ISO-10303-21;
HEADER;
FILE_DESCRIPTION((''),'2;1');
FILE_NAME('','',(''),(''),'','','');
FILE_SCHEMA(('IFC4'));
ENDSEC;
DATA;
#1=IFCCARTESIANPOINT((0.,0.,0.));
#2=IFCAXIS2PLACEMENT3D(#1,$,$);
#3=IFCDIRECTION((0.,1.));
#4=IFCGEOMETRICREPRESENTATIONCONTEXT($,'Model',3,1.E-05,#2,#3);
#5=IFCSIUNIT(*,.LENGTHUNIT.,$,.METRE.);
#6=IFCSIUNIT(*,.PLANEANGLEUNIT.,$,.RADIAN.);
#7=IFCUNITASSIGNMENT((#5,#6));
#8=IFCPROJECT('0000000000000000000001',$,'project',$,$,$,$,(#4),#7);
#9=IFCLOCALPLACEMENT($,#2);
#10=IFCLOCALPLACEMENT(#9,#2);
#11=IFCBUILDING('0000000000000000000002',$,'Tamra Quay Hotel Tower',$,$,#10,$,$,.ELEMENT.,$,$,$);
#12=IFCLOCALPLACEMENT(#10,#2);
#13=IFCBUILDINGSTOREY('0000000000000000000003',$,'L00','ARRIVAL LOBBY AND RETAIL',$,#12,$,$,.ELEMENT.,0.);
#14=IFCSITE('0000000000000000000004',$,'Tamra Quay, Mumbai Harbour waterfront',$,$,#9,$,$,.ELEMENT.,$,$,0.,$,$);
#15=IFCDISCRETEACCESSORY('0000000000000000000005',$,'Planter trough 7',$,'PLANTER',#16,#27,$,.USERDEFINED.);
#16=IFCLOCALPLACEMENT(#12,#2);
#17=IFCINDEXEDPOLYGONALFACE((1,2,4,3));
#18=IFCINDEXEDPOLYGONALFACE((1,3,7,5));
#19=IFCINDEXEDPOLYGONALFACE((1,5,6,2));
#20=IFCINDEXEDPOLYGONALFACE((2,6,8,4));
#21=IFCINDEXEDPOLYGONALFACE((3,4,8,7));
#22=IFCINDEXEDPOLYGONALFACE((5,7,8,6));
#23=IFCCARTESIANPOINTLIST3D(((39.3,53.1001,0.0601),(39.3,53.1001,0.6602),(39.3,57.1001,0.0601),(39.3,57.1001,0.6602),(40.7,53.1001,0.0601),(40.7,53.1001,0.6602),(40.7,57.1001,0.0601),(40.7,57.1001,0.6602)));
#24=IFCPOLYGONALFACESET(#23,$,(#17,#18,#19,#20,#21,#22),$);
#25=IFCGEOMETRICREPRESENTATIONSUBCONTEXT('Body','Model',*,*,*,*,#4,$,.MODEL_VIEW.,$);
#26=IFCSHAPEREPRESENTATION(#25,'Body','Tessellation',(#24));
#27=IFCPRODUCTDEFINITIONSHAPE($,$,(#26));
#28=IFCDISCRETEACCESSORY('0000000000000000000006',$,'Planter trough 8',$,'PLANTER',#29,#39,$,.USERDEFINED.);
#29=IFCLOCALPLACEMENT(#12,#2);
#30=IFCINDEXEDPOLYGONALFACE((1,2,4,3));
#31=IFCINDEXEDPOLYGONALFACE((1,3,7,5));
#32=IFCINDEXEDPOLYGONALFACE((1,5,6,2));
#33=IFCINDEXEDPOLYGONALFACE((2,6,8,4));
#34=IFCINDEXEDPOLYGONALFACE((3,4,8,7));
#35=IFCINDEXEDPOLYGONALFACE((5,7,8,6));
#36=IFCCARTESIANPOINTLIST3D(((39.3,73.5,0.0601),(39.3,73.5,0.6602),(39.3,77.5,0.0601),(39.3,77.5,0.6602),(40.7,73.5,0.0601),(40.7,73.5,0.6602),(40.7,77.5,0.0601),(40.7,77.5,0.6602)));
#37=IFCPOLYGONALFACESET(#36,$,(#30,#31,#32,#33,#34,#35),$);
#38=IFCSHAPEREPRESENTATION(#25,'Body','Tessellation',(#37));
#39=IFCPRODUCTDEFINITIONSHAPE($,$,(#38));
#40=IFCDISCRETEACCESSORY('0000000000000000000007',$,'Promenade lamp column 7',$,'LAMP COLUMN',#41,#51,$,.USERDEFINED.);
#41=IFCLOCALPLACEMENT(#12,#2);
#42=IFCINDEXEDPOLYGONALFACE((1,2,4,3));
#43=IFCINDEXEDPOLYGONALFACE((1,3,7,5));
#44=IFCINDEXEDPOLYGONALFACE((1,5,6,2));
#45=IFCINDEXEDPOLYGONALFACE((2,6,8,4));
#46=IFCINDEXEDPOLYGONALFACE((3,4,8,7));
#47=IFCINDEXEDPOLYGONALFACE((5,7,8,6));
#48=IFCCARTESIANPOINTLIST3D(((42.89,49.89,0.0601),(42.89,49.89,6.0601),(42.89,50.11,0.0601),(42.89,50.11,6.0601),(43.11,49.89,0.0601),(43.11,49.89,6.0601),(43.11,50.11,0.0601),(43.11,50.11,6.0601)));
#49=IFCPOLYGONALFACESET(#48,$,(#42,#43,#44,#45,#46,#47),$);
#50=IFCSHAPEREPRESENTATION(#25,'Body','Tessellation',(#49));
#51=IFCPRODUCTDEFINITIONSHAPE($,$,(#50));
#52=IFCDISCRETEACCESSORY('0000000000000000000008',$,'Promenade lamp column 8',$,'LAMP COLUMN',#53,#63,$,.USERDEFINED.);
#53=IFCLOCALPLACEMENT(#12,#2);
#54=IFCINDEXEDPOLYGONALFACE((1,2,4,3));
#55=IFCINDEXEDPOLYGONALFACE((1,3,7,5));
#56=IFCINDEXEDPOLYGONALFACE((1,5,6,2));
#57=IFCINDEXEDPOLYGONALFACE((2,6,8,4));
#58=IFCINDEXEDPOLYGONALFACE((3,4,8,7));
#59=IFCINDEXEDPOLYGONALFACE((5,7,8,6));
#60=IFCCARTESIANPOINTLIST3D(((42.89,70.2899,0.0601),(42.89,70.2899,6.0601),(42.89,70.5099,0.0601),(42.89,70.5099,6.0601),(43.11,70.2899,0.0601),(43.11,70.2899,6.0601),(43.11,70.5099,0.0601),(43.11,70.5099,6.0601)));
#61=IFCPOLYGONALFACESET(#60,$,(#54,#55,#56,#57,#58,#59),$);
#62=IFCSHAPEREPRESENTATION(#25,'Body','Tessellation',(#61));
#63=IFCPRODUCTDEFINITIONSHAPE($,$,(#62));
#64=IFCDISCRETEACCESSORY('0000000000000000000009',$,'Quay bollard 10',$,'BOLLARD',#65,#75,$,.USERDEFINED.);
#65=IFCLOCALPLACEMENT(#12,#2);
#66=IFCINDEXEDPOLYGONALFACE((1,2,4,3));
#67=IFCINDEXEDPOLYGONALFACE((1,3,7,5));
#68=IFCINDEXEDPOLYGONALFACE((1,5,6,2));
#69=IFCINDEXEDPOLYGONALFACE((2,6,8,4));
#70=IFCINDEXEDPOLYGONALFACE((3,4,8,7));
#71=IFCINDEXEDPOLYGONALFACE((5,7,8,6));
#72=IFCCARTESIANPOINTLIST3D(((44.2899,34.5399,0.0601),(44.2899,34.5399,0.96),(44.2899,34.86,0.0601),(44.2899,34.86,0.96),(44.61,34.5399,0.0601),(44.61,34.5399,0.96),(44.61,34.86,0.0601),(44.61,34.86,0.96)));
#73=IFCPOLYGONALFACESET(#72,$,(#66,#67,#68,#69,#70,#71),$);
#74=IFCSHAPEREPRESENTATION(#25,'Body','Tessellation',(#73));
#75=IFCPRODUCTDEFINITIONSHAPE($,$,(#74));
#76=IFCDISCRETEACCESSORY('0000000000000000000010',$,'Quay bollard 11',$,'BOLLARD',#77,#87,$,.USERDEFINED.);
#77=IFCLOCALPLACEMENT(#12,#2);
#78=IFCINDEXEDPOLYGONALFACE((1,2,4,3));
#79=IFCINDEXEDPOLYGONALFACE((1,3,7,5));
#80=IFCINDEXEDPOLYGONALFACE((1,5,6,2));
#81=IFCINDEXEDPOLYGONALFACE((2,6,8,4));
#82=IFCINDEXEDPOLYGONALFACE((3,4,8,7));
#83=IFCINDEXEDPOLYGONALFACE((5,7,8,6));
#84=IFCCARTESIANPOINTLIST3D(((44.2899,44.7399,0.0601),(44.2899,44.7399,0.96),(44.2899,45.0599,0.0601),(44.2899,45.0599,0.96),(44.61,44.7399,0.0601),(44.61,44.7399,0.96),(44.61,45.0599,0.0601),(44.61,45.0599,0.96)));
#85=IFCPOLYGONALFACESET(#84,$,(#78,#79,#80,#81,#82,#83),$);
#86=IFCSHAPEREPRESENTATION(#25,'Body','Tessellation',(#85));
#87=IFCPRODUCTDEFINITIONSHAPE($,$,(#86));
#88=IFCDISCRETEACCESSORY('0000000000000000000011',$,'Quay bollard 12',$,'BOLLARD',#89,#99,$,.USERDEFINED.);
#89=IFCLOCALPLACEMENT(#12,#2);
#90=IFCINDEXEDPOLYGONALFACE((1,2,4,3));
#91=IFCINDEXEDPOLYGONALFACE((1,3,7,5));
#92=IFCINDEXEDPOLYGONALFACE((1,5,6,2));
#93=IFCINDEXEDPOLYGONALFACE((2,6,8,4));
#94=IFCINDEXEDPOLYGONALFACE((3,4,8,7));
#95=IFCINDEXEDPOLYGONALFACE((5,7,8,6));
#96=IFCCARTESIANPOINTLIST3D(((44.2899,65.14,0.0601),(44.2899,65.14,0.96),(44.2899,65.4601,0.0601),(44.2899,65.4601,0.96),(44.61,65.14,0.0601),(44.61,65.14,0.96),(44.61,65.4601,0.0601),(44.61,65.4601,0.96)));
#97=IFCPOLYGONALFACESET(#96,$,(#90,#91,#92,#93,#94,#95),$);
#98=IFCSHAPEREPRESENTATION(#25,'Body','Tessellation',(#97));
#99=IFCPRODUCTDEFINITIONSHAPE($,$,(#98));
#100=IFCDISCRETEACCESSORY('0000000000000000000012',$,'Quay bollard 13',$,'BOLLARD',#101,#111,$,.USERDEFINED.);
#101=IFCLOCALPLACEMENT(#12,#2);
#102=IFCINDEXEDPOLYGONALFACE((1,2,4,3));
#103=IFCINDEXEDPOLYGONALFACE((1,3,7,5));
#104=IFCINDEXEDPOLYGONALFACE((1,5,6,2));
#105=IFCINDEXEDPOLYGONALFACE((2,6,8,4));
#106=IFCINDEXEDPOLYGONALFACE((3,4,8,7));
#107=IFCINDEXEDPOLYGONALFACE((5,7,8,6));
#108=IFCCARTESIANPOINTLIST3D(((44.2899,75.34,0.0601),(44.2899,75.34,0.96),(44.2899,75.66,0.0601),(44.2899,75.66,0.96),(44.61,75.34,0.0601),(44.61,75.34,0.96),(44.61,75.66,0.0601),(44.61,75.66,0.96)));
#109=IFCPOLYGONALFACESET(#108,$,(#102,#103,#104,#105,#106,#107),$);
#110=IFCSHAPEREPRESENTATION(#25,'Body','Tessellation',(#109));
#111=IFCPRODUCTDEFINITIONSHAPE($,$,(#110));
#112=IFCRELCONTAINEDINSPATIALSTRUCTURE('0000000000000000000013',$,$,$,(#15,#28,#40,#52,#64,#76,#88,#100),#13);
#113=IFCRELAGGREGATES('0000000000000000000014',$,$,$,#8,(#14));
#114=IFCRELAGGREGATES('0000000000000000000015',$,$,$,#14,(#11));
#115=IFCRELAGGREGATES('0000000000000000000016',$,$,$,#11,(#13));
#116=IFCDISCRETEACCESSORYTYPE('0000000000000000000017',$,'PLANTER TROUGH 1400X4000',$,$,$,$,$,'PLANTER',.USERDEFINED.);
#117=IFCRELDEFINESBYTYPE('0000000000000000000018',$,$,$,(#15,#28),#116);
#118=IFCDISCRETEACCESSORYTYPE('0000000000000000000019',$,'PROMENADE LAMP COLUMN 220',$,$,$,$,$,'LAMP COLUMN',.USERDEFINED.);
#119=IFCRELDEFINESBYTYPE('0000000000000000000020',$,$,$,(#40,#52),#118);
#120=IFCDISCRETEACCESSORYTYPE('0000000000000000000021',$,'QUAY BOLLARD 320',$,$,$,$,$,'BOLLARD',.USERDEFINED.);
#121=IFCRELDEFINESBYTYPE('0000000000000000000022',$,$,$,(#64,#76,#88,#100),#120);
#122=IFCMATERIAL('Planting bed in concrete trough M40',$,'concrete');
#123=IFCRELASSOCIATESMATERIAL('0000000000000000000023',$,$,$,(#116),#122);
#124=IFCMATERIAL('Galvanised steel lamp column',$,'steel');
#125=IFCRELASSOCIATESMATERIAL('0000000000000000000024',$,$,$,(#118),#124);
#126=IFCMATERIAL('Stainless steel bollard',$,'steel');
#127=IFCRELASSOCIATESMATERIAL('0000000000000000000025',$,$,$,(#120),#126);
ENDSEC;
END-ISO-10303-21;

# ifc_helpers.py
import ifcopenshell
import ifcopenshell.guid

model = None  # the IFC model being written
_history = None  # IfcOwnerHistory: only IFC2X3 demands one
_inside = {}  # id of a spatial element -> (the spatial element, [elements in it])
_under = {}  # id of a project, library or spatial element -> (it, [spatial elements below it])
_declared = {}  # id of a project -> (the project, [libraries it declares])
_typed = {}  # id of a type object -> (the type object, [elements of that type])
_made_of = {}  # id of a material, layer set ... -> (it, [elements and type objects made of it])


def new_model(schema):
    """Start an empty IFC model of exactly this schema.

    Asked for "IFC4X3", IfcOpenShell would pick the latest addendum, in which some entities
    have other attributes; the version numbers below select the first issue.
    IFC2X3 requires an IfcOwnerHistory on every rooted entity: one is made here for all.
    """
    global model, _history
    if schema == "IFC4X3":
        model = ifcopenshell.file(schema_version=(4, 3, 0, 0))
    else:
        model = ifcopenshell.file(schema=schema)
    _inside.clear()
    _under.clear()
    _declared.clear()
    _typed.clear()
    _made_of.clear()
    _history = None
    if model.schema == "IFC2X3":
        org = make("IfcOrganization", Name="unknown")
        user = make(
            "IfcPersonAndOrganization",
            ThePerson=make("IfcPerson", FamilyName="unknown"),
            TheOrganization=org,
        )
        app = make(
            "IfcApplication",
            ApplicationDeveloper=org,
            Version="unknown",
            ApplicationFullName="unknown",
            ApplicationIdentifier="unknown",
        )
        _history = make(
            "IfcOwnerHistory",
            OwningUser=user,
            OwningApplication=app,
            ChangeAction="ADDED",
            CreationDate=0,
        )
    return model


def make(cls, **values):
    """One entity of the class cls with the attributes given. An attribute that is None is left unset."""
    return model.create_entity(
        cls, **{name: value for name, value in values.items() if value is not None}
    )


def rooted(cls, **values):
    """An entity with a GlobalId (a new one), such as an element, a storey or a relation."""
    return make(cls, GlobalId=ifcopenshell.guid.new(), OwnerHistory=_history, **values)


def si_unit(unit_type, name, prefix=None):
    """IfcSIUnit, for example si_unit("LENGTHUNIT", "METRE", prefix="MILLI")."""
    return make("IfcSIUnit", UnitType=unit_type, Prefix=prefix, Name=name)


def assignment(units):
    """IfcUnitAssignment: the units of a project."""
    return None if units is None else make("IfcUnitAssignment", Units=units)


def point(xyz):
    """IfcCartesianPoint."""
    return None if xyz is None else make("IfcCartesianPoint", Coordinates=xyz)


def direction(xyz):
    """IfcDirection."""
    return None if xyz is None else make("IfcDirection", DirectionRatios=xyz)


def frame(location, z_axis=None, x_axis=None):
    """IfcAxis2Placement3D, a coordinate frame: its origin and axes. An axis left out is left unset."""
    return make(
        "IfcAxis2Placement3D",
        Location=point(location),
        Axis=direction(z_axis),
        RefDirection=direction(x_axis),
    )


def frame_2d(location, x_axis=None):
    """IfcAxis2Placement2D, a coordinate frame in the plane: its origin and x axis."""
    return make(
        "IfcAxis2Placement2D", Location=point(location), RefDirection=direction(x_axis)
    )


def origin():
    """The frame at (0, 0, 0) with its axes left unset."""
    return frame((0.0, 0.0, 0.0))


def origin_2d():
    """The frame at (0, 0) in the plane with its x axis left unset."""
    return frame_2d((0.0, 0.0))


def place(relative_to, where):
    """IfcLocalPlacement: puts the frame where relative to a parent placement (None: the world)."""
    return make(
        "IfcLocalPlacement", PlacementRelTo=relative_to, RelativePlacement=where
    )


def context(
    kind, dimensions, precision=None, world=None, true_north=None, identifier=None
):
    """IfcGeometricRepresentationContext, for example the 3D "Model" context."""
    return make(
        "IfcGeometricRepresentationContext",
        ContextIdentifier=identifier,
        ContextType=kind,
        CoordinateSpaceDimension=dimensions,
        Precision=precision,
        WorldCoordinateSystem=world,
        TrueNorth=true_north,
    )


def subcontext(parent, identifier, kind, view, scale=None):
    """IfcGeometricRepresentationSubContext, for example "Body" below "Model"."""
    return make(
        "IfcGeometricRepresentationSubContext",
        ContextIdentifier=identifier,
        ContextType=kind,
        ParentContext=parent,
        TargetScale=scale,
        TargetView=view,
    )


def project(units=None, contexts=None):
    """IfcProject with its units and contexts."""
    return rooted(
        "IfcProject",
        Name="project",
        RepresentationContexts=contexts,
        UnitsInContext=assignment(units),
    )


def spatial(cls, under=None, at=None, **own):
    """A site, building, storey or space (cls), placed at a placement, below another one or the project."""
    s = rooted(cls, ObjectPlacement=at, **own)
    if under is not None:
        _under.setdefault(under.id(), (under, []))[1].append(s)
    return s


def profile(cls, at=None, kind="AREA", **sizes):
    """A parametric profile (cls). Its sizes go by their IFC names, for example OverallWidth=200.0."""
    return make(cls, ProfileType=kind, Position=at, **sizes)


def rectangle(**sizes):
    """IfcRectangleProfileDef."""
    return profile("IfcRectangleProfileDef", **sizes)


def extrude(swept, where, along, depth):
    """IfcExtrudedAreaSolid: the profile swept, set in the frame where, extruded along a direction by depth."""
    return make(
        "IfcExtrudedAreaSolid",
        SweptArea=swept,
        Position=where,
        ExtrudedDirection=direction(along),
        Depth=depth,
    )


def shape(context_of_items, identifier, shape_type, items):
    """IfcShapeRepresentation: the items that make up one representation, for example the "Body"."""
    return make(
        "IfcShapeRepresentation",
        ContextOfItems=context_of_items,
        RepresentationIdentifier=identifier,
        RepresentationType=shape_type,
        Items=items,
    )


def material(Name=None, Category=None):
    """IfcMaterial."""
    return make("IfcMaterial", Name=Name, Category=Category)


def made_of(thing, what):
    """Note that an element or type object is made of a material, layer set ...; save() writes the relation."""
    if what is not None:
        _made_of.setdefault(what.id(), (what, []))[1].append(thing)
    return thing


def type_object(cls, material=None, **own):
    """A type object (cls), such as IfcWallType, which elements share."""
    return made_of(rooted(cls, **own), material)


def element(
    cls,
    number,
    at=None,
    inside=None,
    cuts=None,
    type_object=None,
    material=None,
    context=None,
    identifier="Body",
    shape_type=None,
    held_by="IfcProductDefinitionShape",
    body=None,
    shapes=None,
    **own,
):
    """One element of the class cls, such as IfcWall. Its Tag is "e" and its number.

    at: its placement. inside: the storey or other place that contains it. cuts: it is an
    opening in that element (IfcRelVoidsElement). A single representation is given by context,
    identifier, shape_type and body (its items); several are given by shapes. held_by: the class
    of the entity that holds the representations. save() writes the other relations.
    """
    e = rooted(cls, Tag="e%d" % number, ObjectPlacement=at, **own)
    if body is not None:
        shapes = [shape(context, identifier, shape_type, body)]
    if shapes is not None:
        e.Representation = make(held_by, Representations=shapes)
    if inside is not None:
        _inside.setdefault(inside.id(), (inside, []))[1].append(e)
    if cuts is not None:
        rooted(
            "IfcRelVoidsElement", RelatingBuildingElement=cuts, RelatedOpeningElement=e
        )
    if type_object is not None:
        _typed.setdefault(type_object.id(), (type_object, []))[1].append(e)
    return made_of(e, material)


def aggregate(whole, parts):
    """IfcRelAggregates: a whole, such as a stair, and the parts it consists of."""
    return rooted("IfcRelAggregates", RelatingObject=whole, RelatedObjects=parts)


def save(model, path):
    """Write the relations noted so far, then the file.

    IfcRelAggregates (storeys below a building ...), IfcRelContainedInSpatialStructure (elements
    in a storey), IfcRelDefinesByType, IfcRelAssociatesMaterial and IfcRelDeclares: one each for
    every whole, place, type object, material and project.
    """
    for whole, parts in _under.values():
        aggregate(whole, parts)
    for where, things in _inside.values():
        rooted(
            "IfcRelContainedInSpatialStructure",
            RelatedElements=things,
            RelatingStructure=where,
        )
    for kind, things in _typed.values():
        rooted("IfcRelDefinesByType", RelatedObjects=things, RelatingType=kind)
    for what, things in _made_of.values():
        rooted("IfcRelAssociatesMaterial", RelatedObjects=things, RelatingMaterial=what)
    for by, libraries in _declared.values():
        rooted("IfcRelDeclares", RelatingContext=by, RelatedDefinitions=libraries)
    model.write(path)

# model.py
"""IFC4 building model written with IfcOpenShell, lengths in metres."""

from ifc_helpers import new_model, si_unit, direction, frame, origin, origin_2d, place, context, subcontext, project, spatial, rectangle, extrude, material, type_object, element, save


model = new_model("IFC4")

# Units and contexts
model_context = context("Model", 3, precision=1e-05, world=origin(), true_north=direction((0.0, 1.0)))
body_context = subcontext(model_context, "Body", "Model", "MODEL_VIEW")
ifc_project = project(units=[si_unit("LENGTHUNIT", "METRE"), si_unit("PLANEANGLEUNIT", "RADIAN")], contexts=[model_context])

# Site, building, storey
site_placement = place(None, origin())
site = spatial("IfcSite", under=ifc_project, at=site_placement, Name="Tamra Quay, Mumbai Harbour waterfront", CompositionType="ELEMENT", RefElevation=0.0)
building_placement = place(site_placement, origin())
building = spatial("IfcBuilding", under=site, at=building_placement, Name="Tamra Quay Hotel Tower", CompositionType="ELEMENT")
storey_placement = place(building_placement, origin())
storey = spatial("IfcBuildingStorey", under=building, at=storey_placement, Name="L00", Description="ARRIVAL LOBBY AND RETAIL", CompositionType="ELEMENT", Elevation=0.0)

# Discrete accessories
ifc_material_1 = material(Name="Planting bed in concrete trough M40", Category="concrete")
discrete_accessory_type_1 = type_object("IfcDiscreteAccessoryType", Name="PLANTER TROUGH 1400X4000", ElementType="PLANTER", PredefinedType="USERDEFINED", material=ifc_material_1)
for number, where, z_axis, x_axis, name in (
    (1, (40.0, 55.1001, 0.0601), (0.0, 0.0, 1.0), (1.0, 0.0, 0.0), "Planter trough 7"),
    (2, (40.0, 75.5, 0.0601), (0.0, 0.0, 1.0), (1.0, 0.0, 0.0), "Planter trough 8"),
):
    element("IfcDiscreteAccessory", number, at=place(storey_placement, frame(where, z_axis=z_axis, x_axis=x_axis)), inside=storey, type_object=discrete_accessory_type_1, Name=name, ObjectType="PLANTER", PredefinedType="USERDEFINED", context=body_context, shape_type="SweptSolid", body=[
        extrude(rectangle(XDim=1.3999, YDim=4.0, at=origin_2d()), origin(), (0.0, 0.0, 1.0), 0.6001),
    ])
ifc_material_2 = material(Name="Galvanised steel lamp column", Category="steel")
discrete_accessory_type_2 = type_object("IfcDiscreteAccessoryType", Name="PROMENADE LAMP COLUMN 220", ElementType="LAMP COLUMN", PredefinedType="USERDEFINED", material=ifc_material_2)
for number, where, z_axis, x_axis, name in (
    (3, (43.0, 50.0, 0.0601), (0.0, 0.0, 1.0), (1.0, 0.0, 0.0), "Promenade lamp column 7"),
    (4, (43.0, 70.3999, 0.0601), (0.0, 0.0, 1.0), (1.0, 0.0, 0.0), "Promenade lamp column 8"),
):
    element("IfcDiscreteAccessory", number, at=place(storey_placement, frame(where, z_axis=z_axis, x_axis=x_axis)), inside=storey, type_object=discrete_accessory_type_2, Name=name, ObjectType="LAMP COLUMN", PredefinedType="USERDEFINED", context=body_context, shape_type="SweptSolid", body=[
        extrude(rectangle(XDim=0.22, YDim=0.22, at=origin_2d()), origin(), (0.0, 0.0, 1.0), 6.0),
    ])
ifc_material_3 = material(Name="Stainless steel bollard", Category="steel")
discrete_accessory_type_3 = type_object("IfcDiscreteAccessoryType", Name="QUAY BOLLARD 320", ElementType="BOLLARD", PredefinedType="USERDEFINED", material=ifc_material_3)
for number, where, z_axis, x_axis, name in (
    (5, (44.45, 34.7, 0.0601), (0.0, 0.0, 1.0), (1.0, 0.0, 0.0), "Quay bollard 10"),
    (6, (44.45, 44.8999, 0.0601), (0.0, 0.0, 1.0), (1.0, 0.0, 0.0), "Quay bollard 11"),
    (7, (44.45, 65.3, 0.0601), (0.0, 0.0, 1.0), (1.0, 0.0, 0.0), "Quay bollard 12"),
    (8, (44.45, 75.5, 0.0601), (0.0, 0.0, 1.0), (1.0, 0.0, 0.0), "Quay bollard 13"),
):
    element("IfcDiscreteAccessory", number, at=place(storey_placement, frame(where, z_axis=z_axis, x_axis=x_axis)), inside=storey, type_object=discrete_accessory_type_3, Name=name, ObjectType="BOLLARD", PredefinedType="USERDEFINED", context=body_context, shape_type="SweptSolid", body=[
        extrude(rectangle(XDim=0.3201, YDim=0.3201, at=origin_2d()), origin(), (0.0, 0.0, 1.0), 0.8999),
    ])

save(model, "model.ifc")
